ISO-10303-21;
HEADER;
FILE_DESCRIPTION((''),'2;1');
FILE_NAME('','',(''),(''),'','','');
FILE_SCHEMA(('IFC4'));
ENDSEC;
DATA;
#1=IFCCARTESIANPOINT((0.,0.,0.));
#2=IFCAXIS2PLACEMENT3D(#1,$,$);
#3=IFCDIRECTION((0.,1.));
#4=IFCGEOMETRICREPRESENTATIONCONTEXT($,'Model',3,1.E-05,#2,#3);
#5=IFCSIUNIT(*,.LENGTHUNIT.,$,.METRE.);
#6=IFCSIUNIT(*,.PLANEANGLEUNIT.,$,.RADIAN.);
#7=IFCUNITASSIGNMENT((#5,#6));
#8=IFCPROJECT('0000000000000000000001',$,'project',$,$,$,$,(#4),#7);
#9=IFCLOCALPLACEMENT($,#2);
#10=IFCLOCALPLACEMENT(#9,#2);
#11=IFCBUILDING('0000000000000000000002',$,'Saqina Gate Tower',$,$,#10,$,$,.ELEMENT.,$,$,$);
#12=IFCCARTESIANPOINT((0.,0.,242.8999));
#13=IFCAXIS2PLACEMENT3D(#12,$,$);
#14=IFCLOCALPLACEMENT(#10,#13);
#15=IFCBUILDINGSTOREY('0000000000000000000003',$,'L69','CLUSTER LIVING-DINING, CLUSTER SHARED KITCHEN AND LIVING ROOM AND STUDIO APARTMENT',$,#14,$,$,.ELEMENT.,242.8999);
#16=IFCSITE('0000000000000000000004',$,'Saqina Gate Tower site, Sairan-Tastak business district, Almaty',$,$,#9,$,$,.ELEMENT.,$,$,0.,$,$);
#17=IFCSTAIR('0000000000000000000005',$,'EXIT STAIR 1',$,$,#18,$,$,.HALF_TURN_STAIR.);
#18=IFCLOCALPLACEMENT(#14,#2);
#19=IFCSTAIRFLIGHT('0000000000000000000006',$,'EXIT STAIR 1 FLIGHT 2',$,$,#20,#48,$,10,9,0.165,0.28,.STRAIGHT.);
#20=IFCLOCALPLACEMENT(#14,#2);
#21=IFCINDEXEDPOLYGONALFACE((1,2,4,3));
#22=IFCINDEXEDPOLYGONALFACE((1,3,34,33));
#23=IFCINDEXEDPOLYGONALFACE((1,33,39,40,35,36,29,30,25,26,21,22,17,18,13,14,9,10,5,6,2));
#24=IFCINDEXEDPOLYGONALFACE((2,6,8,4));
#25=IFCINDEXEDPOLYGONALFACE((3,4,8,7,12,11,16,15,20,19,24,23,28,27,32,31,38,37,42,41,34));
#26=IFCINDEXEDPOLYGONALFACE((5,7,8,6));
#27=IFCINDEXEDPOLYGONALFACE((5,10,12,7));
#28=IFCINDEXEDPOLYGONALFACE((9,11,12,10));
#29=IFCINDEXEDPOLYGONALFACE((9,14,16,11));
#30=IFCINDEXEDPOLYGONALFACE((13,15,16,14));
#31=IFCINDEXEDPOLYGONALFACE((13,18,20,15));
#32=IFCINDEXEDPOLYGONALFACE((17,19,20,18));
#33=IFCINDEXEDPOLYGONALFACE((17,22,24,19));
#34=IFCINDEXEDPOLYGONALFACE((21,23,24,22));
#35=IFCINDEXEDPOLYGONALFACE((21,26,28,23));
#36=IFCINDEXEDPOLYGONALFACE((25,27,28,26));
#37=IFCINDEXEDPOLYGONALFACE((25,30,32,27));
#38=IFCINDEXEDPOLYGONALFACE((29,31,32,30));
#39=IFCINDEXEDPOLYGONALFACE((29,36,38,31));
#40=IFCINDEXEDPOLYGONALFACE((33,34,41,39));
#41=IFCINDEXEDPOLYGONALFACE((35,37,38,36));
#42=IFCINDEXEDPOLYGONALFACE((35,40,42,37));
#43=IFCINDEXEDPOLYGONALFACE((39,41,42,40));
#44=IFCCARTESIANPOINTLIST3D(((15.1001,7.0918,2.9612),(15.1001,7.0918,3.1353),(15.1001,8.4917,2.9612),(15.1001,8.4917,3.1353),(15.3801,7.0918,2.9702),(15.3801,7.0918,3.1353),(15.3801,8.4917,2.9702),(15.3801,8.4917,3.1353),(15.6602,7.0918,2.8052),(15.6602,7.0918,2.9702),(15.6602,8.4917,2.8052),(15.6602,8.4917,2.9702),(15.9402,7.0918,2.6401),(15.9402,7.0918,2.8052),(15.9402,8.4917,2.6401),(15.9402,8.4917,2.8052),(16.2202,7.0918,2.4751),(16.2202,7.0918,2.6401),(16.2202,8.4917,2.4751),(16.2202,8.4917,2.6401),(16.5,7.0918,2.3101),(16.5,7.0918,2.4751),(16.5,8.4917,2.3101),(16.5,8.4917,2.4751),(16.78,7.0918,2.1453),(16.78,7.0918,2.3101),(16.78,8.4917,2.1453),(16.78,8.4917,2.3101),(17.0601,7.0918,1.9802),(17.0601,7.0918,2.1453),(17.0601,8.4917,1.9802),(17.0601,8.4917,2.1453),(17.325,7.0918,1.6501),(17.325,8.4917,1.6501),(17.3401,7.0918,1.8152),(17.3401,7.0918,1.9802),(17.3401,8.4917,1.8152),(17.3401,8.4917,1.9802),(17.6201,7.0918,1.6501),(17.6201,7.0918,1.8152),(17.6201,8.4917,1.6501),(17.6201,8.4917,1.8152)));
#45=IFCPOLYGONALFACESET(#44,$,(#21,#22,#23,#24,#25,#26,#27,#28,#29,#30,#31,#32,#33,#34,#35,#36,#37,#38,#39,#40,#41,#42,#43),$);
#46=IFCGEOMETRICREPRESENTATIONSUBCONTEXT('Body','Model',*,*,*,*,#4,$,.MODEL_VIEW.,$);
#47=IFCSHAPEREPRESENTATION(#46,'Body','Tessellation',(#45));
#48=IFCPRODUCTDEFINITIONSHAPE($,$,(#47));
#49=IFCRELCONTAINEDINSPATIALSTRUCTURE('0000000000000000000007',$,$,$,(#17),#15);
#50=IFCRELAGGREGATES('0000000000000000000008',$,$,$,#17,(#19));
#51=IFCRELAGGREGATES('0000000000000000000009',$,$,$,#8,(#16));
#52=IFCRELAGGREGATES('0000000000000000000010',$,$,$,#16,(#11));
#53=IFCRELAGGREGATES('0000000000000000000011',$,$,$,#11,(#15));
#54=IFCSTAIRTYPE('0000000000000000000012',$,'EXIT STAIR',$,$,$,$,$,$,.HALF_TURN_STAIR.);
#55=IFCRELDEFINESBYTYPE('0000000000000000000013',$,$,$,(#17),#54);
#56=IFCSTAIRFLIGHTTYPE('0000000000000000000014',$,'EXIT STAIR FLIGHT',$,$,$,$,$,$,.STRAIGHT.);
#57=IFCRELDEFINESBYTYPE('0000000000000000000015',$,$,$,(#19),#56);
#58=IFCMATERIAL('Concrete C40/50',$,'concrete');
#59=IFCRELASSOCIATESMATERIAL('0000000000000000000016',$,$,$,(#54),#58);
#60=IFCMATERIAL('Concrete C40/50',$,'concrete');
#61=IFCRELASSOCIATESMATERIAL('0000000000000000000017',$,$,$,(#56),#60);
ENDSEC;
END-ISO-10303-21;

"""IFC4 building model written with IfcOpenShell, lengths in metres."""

from ifc_helpers import new_model, si_unit, direction, frame, origin, place, context, subcontext, project, spatial, polyline, outline, extrude, material, type_object, element, aggregate, save


model = new_model("IFC4")

# Units and contexts
model_context = context("Model", 3, precision=1e-05, world=origin(), true_north=direction((0.0, 1.0)))
body_context = subcontext(model_context, "Body", "Model", "MODEL_VIEW")
ifc_project = project(units=[si_unit("LENGTHUNIT", "METRE"), si_unit("PLANEANGLEUNIT", "RADIAN")], contexts=[model_context])

# Site, building, storey
site_placement = place(None, origin())
site = spatial("IfcSite", under=ifc_project, at=site_placement, Name="Saqina Gate Tower site, Sairan-Tastak business district, Almaty", CompositionType="ELEMENT", RefElevation=0.0)
building_placement = place(site_placement, origin())
building = spatial("IfcBuilding", under=site, at=building_placement, Name="Saqina Gate Tower", CompositionType="ELEMENT")
storey_placement = place(building_placement, frame((0.0, 0.0, 242.8999)))
storey = spatial("IfcBuildingStorey", under=building, at=storey_placement, Name="L69", Description="CLUSTER LIVING-DINING, CLUSTER SHARED KITCHEN AND LIVING ROOM AND STUDIO APARTMENT", CompositionType="ELEMENT", Elevation=242.8999)

# Stair, stair flight
ifc_material_1 = material(Name="Concrete C40/50", Category="concrete")
stair_type = type_object("IfcStairType", Name="EXIT STAIR", PredefinedType="HALF_TURN_STAIR", material=ifc_material_1)
stair_placement = place(storey_placement, origin())
stair = element("IfcStair", 1, at=stair_placement, inside=storey, type_object=stair_type, Name="EXIT STAIR 1", PredefinedType="HALF_TURN_STAIR")
ifc_material_2 = material(Name="Concrete C40/50", Category="concrete")
stair_flight_type = type_object("IfcStairFlightType", Name="EXIT STAIR FLIGHT", PredefinedType="STRAIGHT", material=ifc_material_2)
stair_flight_placement = place(storey_placement, frame((17.6201, 7.7917, 1.6501), z_axis=(0.0, 0.0, 1.0), x_axis=(-1.0, 0.0, 0.0)))
stair_flight = element("IfcStairFlight", 2, at=stair_flight_placement, type_object=stair_flight_type, Name="EXIT STAIR 1 FLIGHT 2", NumberOfRisers=10, NumberOfTreads=9, PredefinedType="STRAIGHT", RiserHeight=0.165, TreadLength=0.28, context=body_context, shape_type="SweptSolid", body=[
    extrude(outline(polyline([(0.0, 0.0), (0.0, 0.165), (0.28, 0.165), (0.28, 0.3301), (0.5601, 0.3301), (0.5601, 0.4951), (0.8401, 0.4951), (0.8401, 0.6599), (1.1201, 0.6599), (1.1201, 0.825), (1.3999, 0.825), (1.3999, 0.99), (1.6799, 0.99), (1.6799, 1.155), (1.96, 1.155), (1.96, 1.3201), (2.24, 1.3201), (2.24, 1.4851), (2.52, 1.4851), (2.52, 1.6499), (2.52, 1.311), (0.2952, 0.0), (0.0, 0.0)])), frame((0.0, 0.7, 0.0), z_axis=(0.0, -1.0, 0.0), x_axis=(1.0, 0.0, 0.0)), (0.0, 0.0, 1.0), 1.3999),
])
aggregate(stair, [stair_flight])

save(model, "model.ifc")
